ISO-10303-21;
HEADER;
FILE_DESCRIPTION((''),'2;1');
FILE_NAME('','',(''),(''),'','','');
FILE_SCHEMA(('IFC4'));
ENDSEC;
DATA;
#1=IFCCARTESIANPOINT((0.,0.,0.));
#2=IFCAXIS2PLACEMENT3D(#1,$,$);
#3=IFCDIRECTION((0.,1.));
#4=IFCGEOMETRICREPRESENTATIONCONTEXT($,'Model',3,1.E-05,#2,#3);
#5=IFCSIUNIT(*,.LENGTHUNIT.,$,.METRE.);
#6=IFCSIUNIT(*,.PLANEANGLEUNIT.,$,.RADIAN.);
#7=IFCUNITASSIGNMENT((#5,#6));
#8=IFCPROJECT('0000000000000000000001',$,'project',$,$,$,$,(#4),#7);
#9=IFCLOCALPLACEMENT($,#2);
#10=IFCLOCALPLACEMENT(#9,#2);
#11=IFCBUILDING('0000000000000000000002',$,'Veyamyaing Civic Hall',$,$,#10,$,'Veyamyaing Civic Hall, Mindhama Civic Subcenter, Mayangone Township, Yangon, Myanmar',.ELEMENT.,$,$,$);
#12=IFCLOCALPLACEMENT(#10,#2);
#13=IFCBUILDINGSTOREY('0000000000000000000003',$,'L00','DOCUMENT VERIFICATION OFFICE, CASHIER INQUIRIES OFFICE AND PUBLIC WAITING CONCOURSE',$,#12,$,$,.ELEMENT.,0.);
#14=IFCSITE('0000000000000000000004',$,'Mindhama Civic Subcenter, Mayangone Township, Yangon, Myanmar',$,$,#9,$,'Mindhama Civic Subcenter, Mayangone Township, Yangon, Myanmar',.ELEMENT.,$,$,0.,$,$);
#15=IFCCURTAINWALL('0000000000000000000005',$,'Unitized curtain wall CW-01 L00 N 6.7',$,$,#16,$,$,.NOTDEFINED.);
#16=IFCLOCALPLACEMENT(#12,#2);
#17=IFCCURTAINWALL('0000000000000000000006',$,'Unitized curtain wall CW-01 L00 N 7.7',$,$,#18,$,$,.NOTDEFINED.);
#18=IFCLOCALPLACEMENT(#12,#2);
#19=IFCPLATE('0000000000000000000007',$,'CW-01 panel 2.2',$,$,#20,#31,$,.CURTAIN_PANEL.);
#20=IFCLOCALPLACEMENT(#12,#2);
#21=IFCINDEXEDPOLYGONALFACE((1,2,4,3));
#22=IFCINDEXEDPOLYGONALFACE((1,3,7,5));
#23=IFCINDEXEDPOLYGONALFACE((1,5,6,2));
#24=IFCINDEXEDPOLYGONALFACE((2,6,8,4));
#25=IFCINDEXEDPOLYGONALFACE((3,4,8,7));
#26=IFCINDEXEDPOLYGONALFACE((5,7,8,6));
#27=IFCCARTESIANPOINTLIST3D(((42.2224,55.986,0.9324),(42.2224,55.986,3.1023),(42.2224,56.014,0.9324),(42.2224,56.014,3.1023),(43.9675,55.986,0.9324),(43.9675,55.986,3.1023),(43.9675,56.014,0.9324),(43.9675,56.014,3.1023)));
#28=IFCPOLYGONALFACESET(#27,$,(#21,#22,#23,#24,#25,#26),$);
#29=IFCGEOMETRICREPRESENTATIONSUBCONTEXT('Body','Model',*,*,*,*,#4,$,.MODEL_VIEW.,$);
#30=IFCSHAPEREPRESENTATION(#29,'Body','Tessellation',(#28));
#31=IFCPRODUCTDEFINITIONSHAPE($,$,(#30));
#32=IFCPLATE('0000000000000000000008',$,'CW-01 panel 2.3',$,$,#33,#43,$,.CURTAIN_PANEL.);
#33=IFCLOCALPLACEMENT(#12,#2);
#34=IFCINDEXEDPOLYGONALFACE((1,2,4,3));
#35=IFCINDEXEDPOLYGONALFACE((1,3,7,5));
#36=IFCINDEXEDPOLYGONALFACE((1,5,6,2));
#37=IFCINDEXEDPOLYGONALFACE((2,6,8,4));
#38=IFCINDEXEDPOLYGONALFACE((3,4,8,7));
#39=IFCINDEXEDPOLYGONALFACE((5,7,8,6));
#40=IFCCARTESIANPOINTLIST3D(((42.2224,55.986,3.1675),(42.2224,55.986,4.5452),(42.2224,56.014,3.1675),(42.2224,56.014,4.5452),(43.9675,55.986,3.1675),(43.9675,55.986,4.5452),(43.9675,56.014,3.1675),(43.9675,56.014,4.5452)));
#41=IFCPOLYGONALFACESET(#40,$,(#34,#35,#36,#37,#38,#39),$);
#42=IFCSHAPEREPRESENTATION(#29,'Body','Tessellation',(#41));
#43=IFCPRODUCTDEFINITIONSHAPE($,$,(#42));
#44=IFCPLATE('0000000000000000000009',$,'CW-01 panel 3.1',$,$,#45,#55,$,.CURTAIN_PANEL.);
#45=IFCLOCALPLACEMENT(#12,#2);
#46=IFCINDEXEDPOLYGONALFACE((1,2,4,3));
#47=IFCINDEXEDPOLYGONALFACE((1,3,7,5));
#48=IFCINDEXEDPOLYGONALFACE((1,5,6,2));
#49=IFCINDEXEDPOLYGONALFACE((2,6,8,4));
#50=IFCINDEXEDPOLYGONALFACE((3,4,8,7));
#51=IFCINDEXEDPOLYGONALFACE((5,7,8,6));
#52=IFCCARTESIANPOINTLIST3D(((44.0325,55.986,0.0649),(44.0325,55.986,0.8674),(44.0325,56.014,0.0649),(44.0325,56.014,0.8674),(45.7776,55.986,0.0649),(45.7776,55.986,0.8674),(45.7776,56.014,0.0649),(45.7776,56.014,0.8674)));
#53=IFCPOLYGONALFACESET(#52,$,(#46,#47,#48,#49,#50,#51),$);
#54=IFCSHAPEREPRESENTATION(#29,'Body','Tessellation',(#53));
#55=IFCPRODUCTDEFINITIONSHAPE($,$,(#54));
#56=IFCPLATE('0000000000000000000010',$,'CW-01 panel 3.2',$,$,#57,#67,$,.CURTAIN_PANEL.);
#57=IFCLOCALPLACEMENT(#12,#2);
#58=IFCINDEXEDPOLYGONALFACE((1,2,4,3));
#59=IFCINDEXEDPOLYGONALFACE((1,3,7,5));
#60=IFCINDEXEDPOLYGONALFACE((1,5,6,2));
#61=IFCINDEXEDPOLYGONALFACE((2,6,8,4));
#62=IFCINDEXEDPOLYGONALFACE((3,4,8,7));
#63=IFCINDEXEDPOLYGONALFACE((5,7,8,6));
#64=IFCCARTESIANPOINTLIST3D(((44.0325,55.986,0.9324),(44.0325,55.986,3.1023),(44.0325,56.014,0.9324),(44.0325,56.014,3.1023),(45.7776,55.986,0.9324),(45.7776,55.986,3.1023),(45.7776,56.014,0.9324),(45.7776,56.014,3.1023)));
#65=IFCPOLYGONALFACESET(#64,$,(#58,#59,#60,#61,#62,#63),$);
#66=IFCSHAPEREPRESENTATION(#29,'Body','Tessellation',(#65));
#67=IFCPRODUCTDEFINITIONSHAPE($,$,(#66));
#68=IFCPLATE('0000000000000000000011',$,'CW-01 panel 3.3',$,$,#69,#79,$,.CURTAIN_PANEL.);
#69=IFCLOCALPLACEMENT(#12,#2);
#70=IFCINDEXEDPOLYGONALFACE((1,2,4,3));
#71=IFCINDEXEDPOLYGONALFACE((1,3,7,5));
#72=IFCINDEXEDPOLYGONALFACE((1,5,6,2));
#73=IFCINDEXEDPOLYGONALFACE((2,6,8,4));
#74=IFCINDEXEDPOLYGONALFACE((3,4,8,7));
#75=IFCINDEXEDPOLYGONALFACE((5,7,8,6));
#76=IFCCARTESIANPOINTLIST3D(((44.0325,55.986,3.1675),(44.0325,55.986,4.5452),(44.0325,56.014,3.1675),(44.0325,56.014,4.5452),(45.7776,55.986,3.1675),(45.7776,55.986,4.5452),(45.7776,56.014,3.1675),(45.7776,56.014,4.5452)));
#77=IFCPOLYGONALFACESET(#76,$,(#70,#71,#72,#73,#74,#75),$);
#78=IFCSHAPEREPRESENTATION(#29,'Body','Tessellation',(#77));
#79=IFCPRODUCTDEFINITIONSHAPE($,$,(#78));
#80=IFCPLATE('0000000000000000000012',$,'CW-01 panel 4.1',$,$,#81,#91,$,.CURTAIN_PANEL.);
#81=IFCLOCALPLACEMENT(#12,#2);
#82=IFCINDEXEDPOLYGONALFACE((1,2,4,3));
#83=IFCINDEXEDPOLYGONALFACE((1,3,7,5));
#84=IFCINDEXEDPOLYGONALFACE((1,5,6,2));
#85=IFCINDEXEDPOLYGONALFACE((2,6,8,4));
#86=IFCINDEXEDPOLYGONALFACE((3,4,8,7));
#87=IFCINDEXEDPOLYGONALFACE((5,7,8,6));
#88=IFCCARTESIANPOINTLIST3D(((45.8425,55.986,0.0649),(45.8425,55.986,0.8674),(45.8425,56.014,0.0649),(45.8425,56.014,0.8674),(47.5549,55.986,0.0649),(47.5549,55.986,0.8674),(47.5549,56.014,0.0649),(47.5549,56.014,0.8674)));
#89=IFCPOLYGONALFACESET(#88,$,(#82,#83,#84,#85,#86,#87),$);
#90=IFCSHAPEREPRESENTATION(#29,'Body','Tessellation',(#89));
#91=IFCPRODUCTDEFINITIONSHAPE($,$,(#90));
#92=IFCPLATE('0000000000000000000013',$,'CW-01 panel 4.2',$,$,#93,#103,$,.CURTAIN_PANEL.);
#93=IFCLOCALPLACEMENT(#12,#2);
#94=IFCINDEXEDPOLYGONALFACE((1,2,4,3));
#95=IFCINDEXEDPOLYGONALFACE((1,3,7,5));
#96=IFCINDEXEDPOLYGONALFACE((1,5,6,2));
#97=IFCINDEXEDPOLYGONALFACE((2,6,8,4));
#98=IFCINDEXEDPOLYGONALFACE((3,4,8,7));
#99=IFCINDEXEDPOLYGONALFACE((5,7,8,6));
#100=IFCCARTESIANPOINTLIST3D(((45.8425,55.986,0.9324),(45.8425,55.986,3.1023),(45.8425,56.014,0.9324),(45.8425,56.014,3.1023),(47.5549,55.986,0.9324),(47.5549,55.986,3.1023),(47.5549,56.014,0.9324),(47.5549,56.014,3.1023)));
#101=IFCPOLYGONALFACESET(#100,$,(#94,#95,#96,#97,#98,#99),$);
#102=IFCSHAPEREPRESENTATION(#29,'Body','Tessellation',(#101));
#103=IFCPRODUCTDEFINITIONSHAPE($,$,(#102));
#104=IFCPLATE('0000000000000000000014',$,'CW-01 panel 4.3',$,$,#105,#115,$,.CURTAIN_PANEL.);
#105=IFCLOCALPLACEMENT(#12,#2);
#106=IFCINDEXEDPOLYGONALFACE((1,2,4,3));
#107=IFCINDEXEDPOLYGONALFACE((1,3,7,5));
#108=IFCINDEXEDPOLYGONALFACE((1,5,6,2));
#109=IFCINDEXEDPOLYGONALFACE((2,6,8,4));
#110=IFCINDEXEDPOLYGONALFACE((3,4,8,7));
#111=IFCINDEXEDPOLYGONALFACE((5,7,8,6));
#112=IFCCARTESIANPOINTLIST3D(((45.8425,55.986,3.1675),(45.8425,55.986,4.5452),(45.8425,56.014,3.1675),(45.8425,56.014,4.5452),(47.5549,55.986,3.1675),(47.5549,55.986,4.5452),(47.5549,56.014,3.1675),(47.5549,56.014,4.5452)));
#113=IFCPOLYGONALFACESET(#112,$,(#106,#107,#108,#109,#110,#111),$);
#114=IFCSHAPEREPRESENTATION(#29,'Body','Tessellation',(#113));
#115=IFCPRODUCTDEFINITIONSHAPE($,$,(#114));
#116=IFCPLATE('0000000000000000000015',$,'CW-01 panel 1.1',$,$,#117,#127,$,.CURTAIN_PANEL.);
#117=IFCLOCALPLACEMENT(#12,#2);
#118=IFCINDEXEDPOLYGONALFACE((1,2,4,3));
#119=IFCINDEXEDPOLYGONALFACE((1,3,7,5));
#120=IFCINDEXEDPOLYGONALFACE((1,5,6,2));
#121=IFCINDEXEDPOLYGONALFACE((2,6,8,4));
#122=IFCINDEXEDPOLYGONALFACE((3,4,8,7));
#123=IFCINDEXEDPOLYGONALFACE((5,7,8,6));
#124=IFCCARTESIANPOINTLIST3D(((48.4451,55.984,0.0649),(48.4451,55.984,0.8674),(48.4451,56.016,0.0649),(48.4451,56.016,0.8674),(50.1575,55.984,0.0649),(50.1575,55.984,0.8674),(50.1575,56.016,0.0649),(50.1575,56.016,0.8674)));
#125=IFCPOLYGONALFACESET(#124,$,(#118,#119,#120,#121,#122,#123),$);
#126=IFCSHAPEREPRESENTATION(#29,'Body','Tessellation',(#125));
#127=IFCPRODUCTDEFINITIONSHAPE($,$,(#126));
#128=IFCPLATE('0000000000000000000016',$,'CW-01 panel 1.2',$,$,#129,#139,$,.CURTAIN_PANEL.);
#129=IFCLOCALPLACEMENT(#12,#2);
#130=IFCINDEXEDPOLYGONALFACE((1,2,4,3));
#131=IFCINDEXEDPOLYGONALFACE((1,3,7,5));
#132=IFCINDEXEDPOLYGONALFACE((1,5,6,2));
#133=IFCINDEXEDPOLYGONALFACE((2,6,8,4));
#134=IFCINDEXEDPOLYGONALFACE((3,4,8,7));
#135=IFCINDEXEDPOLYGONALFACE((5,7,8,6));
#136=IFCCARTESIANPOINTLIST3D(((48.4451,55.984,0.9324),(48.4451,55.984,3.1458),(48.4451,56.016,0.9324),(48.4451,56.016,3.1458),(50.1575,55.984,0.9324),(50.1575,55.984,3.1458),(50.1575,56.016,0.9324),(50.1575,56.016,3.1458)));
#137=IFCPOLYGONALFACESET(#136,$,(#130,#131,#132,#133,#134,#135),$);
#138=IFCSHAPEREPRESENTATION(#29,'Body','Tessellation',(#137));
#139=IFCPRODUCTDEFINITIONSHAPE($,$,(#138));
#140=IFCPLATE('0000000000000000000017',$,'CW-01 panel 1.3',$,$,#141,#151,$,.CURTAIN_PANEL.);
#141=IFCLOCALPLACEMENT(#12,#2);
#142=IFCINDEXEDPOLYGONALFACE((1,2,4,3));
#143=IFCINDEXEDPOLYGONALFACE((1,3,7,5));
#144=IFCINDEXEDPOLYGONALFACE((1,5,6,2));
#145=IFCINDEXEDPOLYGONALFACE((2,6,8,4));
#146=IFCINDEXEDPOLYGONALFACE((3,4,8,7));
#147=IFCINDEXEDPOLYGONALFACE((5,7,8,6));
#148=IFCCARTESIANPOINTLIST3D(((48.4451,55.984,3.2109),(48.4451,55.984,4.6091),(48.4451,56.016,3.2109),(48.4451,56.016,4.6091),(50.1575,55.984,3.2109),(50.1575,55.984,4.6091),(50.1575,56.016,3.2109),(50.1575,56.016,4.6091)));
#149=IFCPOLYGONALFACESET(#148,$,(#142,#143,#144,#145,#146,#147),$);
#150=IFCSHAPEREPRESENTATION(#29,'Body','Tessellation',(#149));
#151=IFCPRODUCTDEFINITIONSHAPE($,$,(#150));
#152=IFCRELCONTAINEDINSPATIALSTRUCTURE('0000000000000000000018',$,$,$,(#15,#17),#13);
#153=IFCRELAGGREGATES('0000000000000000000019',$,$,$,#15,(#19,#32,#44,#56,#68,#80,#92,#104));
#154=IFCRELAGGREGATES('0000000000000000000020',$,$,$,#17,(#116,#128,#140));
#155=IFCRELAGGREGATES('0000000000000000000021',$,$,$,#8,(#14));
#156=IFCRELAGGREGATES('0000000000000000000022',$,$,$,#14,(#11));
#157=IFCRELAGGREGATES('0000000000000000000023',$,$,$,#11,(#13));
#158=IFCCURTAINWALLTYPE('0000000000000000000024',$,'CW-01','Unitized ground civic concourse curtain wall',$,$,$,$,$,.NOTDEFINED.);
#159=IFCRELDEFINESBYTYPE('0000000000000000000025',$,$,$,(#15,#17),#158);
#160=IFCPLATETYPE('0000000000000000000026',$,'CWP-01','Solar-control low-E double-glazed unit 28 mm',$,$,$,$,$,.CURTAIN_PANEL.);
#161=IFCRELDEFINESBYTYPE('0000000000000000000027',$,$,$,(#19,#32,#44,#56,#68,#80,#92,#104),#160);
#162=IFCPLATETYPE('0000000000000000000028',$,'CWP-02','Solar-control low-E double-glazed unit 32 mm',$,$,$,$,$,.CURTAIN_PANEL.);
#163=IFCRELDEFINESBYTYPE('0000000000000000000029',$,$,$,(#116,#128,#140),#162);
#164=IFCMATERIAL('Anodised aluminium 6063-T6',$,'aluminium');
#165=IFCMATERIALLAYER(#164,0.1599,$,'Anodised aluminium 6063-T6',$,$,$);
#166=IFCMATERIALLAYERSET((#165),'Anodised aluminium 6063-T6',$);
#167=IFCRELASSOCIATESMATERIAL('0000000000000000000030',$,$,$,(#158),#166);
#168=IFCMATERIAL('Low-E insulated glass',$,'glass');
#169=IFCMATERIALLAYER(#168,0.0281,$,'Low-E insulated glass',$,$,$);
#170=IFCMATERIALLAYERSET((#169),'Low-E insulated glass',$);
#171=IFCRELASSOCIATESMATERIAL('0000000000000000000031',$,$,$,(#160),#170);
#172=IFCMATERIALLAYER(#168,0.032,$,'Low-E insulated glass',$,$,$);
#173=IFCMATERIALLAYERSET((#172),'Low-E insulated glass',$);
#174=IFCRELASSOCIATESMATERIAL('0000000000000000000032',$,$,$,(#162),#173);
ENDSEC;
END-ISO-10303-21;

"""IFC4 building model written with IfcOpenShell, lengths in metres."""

from ifc_helpers import new_model, si_unit, direction, frame, origin, origin_2d, place, context, subcontext, project, spatial, rectangle, extrude, material, layer, layer_set, type_object, element, aggregate, save


model = new_model("IFC4")

# Units and contexts
model_context = context("Model", 3, precision=1e-05, world=origin(), true_north=direction((0.0, 1.0)))
body_context = subcontext(model_context, "Body", "Model", "MODEL_VIEW")
ifc_project = project(units=[si_unit("LENGTHUNIT", "METRE"), si_unit("PLANEANGLEUNIT", "RADIAN")], contexts=[model_context])

# Site, building, storey
site_placement = place(None, origin())
site = spatial("IfcSite", under=ifc_project, at=site_placement, Name="Mindhama Civic Subcenter, Mayangone Township, Yangon, Myanmar", LongName="Mindhama Civic Subcenter, Mayangone Township, Yangon, Myanmar", CompositionType="ELEMENT", RefElevation=0.0)
building_placement = place(site_placement, origin())
building = spatial("IfcBuilding", under=site, at=building_placement, Name="Veyamyaing Civic Hall", LongName="Veyamyaing Civic Hall, Mindhama Civic Subcenter, Mayangone Township, Yangon, Myanmar", CompositionType="ELEMENT")
storey_placement = place(building_placement, origin())
storey = spatial("IfcBuildingStorey", under=building, at=storey_placement, Name="L00", Description="DOCUMENT VERIFICATION OFFICE, CASHIER INQUIRIES OFFICE AND PUBLIC WAITING CONCOURSE", CompositionType="ELEMENT", Elevation=0.0)

# Curtain walls
ifc_material_1 = material(Name="Anodised aluminium 6063-T6", Category="aluminium")
ifc_layer_1 = layer(ifc_material_1, 0.1599, Name="Anodised aluminium 6063-T6")
ifc_layer_set_1 = layer_set([ifc_layer_1], Name="Anodised aluminium 6063-T6")
curtain_wall_type = type_object("IfcCurtainWallType", Name="CW-01", Description="Unitized ground civic concourse curtain wall", PredefinedType="NOTDEFINED", material=ifc_layer_set_1)
curtain_wall_1_placement = place(storey_placement, origin())
curtain_wall_1 = element("IfcCurtainWall", 1, at=curtain_wall_1_placement, inside=storey, type_object=curtain_wall_type, Name="Unitized curtain wall CW-01 L00 N 6.7", PredefinedType="NOTDEFINED")
curtain_wall_2_placement = place(storey_placement, origin())
curtain_wall_2 = element("IfcCurtainWall", 2, at=curtain_wall_2_placement, inside=storey, type_object=curtain_wall_type, Name="Unitized curtain wall CW-01 L00 N 7.7", PredefinedType="NOTDEFINED")

# Plates
ifc_material_2 = material(Name="Low-E insulated glass", Category="glass")
ifc_layer_2 = layer(ifc_material_2, 0.0281, Name="Low-E insulated glass")
ifc_layer_set_2 = layer_set([ifc_layer_2], Name="Low-E insulated glass")
plate_type_1 = type_object("IfcPlateType", Name="CWP-01", Description="Solar-control low-E double-glazed unit 28 mm", PredefinedType="CURTAIN_PANEL", material=ifc_layer_set_2)
plate_1_placement = place(storey_placement, frame((43.095, 56.0, 0.9324), z_axis=(0.0, 0.0, 1.0), x_axis=(1.0, 0.0, 0.0)))
plate_1 = element("IfcPlate", 3, at=plate_1_placement, type_object=plate_type_1, Name="CW-01 panel 2.2", PredefinedType="CURTAIN_PANEL", context=body_context, shape_type="SweptSolid", body=[
    extrude(rectangle(XDim=1.7451, YDim=0.0281, at=origin_2d()), origin(), (0.0, 0.0, 1.0), 2.1699),
])
plate_2_placement = place(storey_placement, frame((43.095, 56.0, 3.1675), z_axis=(0.0, 0.0, 1.0), x_axis=(1.0, 0.0, 0.0)))
plate_2 = element("IfcPlate", 4, at=plate_2_placement, type_object=plate_type_1, Name="CW-01 panel 2.3", PredefinedType="CURTAIN_PANEL", context=body_context, shape_type="SweptSolid", body=[
    extrude(rectangle(XDim=1.7451, YDim=0.0281, at=origin_2d()), origin(), (0.0, 0.0, 1.0), 1.3777),
])
plate_3_placement = place(storey_placement, frame((44.905, 56.0, 0.0649), z_axis=(0.0, 0.0, 1.0), x_axis=(1.0, 0.0, 0.0)))
plate_3 = element("IfcPlate", 5, at=plate_3_placement, type_object=plate_type_1, Name="CW-01 panel 3.1", PredefinedType="CURTAIN_PANEL", context=body_context, shape_type="SweptSolid", body=[
    extrude(rectangle(XDim=1.7451, YDim=0.0281, at=origin_2d()), origin(), (0.0, 0.0, 1.0), 0.8025),
])
plate_4_placement = place(storey_placement, frame((44.905, 56.0, 0.9324), z_axis=(0.0, 0.0, 1.0), x_axis=(1.0, 0.0, 0.0)))
plate_4 = element("IfcPlate", 6, at=plate_4_placement, type_object=plate_type_1, Name="CW-01 panel 3.2", PredefinedType="CURTAIN_PANEL", context=body_context, shape_type="SweptSolid", body=[
    extrude(rectangle(XDim=1.7451, YDim=0.0281, at=origin_2d()), origin(), (0.0, 0.0, 1.0), 2.1699),
])
plate_5_placement = place(storey_placement, frame((44.905, 56.0, 3.1675), z_axis=(0.0, 0.0, 1.0), x_axis=(1.0, 0.0, 0.0)))
plate_5 = element("IfcPlate", 7, at=plate_5_placement, type_object=plate_type_1, Name="CW-01 panel 3.3", PredefinedType="CURTAIN_PANEL", context=body_context, shape_type="SweptSolid", body=[
    extrude(rectangle(XDim=1.7451, YDim=0.0281, at=origin_2d()), origin(), (0.0, 0.0, 1.0), 1.3777),
])
plate_6_placement = place(storey_placement, frame((46.6987, 56.0, 0.0649), z_axis=(0.0, 0.0, 1.0), x_axis=(1.0, 0.0, 0.0)))
plate_6 = element("IfcPlate", 8, at=plate_6_placement, type_object=plate_type_1, Name="CW-01 panel 4.1", PredefinedType="CURTAIN_PANEL", context=body_context, shape_type="SweptSolid", body=[
    extrude(rectangle(XDim=1.7124, YDim=0.0281, at=origin_2d()), origin(), (0.0, 0.0, 1.0), 0.8025),
])
plate_7_placement = place(storey_placement, frame((46.6987, 56.0, 0.9324), z_axis=(0.0, 0.0, 1.0), x_axis=(1.0, 0.0, 0.0)))
plate_7 = element("IfcPlate", 9, at=plate_7_placement, type_object=plate_type_1, Name="CW-01 panel 4.2", PredefinedType="CURTAIN_PANEL", context=body_context, shape_type="SweptSolid", body=[
    extrude(rectangle(XDim=1.7124, YDim=0.0281, at=origin_2d()), origin(), (0.0, 0.0, 1.0), 2.1699),
])
plate_8_placement = place(storey_placement, frame((46.6987, 56.0, 3.1675), z_axis=(0.0, 0.0, 1.0), x_axis=(1.0, 0.0, 0.0)))
plate_8 = element("IfcPlate", 10, at=plate_8_placement, type_object=plate_type_1, Name="CW-01 panel 4.3", PredefinedType="CURTAIN_PANEL", context=body_context, shape_type="SweptSolid", body=[
    extrude(rectangle(XDim=1.7124, YDim=0.0281, at=origin_2d()), origin(), (0.0, 0.0, 1.0), 1.3777),
])
aggregate(curtain_wall_1, [plate_1, plate_2, plate_3, plate_4, plate_5, plate_6, plate_7, plate_8])
ifc_layer_3 = layer(ifc_material_2, 0.032, Name="Low-E insulated glass")
ifc_layer_set_3 = layer_set([ifc_layer_3], Name="Low-E insulated glass")
plate_type_2 = type_object("IfcPlateType", Name="CWP-02", Description="Solar-control low-E double-glazed unit 32 mm", PredefinedType="CURTAIN_PANEL", material=ifc_layer_set_3)
plate_9_placement = place(storey_placement, frame((49.3013, 56.0, 0.0649), z_axis=(0.0, 0.0, 1.0), x_axis=(1.0, 0.0, 0.0)))
plate_9 = element("IfcPlate", 11, at=plate_9_placement, type_object=plate_type_2, Name="CW-01 panel 1.1", PredefinedType="CURTAIN_PANEL", context=body_context, shape_type="SweptSolid", body=[
    extrude(rectangle(XDim=1.7124, YDim=0.032, at=origin_2d()), origin(), (0.0, 0.0, 1.0), 0.8025),
])
plate_10_placement = place(storey_placement, frame((49.3013, 56.0, 0.9324), z_axis=(0.0, 0.0, 1.0), x_axis=(1.0, 0.0, 0.0)))
plate_10 = element("IfcPlate", 12, at=plate_10_placement, type_object=plate_type_2, Name="CW-01 panel 1.2", PredefinedType="CURTAIN_PANEL", context=body_context, shape_type="SweptSolid", body=[
    extrude(rectangle(XDim=1.7124, YDim=0.032, at=origin_2d()), origin(), (0.0, 0.0, 1.0), 2.2134),
])
plate_11_placement = place(storey_placement, frame((49.3013, 56.0, 3.2109), z_axis=(0.0, 0.0, 1.0), x_axis=(1.0, 0.0, 0.0)))
plate_11 = element("IfcPlate", 13, at=plate_11_placement, type_object=plate_type_2, Name="CW-01 panel 1.3", PredefinedType="CURTAIN_PANEL", context=body_context, shape_type="SweptSolid", body=[
    extrude(rectangle(XDim=1.7124, YDim=0.032, at=origin_2d()), origin(), (0.0, 0.0, 1.0), 1.3982),
])
aggregate(curtain_wall_2, [plate_9, plate_10, plate_11])

save(model, "model.ifc")
